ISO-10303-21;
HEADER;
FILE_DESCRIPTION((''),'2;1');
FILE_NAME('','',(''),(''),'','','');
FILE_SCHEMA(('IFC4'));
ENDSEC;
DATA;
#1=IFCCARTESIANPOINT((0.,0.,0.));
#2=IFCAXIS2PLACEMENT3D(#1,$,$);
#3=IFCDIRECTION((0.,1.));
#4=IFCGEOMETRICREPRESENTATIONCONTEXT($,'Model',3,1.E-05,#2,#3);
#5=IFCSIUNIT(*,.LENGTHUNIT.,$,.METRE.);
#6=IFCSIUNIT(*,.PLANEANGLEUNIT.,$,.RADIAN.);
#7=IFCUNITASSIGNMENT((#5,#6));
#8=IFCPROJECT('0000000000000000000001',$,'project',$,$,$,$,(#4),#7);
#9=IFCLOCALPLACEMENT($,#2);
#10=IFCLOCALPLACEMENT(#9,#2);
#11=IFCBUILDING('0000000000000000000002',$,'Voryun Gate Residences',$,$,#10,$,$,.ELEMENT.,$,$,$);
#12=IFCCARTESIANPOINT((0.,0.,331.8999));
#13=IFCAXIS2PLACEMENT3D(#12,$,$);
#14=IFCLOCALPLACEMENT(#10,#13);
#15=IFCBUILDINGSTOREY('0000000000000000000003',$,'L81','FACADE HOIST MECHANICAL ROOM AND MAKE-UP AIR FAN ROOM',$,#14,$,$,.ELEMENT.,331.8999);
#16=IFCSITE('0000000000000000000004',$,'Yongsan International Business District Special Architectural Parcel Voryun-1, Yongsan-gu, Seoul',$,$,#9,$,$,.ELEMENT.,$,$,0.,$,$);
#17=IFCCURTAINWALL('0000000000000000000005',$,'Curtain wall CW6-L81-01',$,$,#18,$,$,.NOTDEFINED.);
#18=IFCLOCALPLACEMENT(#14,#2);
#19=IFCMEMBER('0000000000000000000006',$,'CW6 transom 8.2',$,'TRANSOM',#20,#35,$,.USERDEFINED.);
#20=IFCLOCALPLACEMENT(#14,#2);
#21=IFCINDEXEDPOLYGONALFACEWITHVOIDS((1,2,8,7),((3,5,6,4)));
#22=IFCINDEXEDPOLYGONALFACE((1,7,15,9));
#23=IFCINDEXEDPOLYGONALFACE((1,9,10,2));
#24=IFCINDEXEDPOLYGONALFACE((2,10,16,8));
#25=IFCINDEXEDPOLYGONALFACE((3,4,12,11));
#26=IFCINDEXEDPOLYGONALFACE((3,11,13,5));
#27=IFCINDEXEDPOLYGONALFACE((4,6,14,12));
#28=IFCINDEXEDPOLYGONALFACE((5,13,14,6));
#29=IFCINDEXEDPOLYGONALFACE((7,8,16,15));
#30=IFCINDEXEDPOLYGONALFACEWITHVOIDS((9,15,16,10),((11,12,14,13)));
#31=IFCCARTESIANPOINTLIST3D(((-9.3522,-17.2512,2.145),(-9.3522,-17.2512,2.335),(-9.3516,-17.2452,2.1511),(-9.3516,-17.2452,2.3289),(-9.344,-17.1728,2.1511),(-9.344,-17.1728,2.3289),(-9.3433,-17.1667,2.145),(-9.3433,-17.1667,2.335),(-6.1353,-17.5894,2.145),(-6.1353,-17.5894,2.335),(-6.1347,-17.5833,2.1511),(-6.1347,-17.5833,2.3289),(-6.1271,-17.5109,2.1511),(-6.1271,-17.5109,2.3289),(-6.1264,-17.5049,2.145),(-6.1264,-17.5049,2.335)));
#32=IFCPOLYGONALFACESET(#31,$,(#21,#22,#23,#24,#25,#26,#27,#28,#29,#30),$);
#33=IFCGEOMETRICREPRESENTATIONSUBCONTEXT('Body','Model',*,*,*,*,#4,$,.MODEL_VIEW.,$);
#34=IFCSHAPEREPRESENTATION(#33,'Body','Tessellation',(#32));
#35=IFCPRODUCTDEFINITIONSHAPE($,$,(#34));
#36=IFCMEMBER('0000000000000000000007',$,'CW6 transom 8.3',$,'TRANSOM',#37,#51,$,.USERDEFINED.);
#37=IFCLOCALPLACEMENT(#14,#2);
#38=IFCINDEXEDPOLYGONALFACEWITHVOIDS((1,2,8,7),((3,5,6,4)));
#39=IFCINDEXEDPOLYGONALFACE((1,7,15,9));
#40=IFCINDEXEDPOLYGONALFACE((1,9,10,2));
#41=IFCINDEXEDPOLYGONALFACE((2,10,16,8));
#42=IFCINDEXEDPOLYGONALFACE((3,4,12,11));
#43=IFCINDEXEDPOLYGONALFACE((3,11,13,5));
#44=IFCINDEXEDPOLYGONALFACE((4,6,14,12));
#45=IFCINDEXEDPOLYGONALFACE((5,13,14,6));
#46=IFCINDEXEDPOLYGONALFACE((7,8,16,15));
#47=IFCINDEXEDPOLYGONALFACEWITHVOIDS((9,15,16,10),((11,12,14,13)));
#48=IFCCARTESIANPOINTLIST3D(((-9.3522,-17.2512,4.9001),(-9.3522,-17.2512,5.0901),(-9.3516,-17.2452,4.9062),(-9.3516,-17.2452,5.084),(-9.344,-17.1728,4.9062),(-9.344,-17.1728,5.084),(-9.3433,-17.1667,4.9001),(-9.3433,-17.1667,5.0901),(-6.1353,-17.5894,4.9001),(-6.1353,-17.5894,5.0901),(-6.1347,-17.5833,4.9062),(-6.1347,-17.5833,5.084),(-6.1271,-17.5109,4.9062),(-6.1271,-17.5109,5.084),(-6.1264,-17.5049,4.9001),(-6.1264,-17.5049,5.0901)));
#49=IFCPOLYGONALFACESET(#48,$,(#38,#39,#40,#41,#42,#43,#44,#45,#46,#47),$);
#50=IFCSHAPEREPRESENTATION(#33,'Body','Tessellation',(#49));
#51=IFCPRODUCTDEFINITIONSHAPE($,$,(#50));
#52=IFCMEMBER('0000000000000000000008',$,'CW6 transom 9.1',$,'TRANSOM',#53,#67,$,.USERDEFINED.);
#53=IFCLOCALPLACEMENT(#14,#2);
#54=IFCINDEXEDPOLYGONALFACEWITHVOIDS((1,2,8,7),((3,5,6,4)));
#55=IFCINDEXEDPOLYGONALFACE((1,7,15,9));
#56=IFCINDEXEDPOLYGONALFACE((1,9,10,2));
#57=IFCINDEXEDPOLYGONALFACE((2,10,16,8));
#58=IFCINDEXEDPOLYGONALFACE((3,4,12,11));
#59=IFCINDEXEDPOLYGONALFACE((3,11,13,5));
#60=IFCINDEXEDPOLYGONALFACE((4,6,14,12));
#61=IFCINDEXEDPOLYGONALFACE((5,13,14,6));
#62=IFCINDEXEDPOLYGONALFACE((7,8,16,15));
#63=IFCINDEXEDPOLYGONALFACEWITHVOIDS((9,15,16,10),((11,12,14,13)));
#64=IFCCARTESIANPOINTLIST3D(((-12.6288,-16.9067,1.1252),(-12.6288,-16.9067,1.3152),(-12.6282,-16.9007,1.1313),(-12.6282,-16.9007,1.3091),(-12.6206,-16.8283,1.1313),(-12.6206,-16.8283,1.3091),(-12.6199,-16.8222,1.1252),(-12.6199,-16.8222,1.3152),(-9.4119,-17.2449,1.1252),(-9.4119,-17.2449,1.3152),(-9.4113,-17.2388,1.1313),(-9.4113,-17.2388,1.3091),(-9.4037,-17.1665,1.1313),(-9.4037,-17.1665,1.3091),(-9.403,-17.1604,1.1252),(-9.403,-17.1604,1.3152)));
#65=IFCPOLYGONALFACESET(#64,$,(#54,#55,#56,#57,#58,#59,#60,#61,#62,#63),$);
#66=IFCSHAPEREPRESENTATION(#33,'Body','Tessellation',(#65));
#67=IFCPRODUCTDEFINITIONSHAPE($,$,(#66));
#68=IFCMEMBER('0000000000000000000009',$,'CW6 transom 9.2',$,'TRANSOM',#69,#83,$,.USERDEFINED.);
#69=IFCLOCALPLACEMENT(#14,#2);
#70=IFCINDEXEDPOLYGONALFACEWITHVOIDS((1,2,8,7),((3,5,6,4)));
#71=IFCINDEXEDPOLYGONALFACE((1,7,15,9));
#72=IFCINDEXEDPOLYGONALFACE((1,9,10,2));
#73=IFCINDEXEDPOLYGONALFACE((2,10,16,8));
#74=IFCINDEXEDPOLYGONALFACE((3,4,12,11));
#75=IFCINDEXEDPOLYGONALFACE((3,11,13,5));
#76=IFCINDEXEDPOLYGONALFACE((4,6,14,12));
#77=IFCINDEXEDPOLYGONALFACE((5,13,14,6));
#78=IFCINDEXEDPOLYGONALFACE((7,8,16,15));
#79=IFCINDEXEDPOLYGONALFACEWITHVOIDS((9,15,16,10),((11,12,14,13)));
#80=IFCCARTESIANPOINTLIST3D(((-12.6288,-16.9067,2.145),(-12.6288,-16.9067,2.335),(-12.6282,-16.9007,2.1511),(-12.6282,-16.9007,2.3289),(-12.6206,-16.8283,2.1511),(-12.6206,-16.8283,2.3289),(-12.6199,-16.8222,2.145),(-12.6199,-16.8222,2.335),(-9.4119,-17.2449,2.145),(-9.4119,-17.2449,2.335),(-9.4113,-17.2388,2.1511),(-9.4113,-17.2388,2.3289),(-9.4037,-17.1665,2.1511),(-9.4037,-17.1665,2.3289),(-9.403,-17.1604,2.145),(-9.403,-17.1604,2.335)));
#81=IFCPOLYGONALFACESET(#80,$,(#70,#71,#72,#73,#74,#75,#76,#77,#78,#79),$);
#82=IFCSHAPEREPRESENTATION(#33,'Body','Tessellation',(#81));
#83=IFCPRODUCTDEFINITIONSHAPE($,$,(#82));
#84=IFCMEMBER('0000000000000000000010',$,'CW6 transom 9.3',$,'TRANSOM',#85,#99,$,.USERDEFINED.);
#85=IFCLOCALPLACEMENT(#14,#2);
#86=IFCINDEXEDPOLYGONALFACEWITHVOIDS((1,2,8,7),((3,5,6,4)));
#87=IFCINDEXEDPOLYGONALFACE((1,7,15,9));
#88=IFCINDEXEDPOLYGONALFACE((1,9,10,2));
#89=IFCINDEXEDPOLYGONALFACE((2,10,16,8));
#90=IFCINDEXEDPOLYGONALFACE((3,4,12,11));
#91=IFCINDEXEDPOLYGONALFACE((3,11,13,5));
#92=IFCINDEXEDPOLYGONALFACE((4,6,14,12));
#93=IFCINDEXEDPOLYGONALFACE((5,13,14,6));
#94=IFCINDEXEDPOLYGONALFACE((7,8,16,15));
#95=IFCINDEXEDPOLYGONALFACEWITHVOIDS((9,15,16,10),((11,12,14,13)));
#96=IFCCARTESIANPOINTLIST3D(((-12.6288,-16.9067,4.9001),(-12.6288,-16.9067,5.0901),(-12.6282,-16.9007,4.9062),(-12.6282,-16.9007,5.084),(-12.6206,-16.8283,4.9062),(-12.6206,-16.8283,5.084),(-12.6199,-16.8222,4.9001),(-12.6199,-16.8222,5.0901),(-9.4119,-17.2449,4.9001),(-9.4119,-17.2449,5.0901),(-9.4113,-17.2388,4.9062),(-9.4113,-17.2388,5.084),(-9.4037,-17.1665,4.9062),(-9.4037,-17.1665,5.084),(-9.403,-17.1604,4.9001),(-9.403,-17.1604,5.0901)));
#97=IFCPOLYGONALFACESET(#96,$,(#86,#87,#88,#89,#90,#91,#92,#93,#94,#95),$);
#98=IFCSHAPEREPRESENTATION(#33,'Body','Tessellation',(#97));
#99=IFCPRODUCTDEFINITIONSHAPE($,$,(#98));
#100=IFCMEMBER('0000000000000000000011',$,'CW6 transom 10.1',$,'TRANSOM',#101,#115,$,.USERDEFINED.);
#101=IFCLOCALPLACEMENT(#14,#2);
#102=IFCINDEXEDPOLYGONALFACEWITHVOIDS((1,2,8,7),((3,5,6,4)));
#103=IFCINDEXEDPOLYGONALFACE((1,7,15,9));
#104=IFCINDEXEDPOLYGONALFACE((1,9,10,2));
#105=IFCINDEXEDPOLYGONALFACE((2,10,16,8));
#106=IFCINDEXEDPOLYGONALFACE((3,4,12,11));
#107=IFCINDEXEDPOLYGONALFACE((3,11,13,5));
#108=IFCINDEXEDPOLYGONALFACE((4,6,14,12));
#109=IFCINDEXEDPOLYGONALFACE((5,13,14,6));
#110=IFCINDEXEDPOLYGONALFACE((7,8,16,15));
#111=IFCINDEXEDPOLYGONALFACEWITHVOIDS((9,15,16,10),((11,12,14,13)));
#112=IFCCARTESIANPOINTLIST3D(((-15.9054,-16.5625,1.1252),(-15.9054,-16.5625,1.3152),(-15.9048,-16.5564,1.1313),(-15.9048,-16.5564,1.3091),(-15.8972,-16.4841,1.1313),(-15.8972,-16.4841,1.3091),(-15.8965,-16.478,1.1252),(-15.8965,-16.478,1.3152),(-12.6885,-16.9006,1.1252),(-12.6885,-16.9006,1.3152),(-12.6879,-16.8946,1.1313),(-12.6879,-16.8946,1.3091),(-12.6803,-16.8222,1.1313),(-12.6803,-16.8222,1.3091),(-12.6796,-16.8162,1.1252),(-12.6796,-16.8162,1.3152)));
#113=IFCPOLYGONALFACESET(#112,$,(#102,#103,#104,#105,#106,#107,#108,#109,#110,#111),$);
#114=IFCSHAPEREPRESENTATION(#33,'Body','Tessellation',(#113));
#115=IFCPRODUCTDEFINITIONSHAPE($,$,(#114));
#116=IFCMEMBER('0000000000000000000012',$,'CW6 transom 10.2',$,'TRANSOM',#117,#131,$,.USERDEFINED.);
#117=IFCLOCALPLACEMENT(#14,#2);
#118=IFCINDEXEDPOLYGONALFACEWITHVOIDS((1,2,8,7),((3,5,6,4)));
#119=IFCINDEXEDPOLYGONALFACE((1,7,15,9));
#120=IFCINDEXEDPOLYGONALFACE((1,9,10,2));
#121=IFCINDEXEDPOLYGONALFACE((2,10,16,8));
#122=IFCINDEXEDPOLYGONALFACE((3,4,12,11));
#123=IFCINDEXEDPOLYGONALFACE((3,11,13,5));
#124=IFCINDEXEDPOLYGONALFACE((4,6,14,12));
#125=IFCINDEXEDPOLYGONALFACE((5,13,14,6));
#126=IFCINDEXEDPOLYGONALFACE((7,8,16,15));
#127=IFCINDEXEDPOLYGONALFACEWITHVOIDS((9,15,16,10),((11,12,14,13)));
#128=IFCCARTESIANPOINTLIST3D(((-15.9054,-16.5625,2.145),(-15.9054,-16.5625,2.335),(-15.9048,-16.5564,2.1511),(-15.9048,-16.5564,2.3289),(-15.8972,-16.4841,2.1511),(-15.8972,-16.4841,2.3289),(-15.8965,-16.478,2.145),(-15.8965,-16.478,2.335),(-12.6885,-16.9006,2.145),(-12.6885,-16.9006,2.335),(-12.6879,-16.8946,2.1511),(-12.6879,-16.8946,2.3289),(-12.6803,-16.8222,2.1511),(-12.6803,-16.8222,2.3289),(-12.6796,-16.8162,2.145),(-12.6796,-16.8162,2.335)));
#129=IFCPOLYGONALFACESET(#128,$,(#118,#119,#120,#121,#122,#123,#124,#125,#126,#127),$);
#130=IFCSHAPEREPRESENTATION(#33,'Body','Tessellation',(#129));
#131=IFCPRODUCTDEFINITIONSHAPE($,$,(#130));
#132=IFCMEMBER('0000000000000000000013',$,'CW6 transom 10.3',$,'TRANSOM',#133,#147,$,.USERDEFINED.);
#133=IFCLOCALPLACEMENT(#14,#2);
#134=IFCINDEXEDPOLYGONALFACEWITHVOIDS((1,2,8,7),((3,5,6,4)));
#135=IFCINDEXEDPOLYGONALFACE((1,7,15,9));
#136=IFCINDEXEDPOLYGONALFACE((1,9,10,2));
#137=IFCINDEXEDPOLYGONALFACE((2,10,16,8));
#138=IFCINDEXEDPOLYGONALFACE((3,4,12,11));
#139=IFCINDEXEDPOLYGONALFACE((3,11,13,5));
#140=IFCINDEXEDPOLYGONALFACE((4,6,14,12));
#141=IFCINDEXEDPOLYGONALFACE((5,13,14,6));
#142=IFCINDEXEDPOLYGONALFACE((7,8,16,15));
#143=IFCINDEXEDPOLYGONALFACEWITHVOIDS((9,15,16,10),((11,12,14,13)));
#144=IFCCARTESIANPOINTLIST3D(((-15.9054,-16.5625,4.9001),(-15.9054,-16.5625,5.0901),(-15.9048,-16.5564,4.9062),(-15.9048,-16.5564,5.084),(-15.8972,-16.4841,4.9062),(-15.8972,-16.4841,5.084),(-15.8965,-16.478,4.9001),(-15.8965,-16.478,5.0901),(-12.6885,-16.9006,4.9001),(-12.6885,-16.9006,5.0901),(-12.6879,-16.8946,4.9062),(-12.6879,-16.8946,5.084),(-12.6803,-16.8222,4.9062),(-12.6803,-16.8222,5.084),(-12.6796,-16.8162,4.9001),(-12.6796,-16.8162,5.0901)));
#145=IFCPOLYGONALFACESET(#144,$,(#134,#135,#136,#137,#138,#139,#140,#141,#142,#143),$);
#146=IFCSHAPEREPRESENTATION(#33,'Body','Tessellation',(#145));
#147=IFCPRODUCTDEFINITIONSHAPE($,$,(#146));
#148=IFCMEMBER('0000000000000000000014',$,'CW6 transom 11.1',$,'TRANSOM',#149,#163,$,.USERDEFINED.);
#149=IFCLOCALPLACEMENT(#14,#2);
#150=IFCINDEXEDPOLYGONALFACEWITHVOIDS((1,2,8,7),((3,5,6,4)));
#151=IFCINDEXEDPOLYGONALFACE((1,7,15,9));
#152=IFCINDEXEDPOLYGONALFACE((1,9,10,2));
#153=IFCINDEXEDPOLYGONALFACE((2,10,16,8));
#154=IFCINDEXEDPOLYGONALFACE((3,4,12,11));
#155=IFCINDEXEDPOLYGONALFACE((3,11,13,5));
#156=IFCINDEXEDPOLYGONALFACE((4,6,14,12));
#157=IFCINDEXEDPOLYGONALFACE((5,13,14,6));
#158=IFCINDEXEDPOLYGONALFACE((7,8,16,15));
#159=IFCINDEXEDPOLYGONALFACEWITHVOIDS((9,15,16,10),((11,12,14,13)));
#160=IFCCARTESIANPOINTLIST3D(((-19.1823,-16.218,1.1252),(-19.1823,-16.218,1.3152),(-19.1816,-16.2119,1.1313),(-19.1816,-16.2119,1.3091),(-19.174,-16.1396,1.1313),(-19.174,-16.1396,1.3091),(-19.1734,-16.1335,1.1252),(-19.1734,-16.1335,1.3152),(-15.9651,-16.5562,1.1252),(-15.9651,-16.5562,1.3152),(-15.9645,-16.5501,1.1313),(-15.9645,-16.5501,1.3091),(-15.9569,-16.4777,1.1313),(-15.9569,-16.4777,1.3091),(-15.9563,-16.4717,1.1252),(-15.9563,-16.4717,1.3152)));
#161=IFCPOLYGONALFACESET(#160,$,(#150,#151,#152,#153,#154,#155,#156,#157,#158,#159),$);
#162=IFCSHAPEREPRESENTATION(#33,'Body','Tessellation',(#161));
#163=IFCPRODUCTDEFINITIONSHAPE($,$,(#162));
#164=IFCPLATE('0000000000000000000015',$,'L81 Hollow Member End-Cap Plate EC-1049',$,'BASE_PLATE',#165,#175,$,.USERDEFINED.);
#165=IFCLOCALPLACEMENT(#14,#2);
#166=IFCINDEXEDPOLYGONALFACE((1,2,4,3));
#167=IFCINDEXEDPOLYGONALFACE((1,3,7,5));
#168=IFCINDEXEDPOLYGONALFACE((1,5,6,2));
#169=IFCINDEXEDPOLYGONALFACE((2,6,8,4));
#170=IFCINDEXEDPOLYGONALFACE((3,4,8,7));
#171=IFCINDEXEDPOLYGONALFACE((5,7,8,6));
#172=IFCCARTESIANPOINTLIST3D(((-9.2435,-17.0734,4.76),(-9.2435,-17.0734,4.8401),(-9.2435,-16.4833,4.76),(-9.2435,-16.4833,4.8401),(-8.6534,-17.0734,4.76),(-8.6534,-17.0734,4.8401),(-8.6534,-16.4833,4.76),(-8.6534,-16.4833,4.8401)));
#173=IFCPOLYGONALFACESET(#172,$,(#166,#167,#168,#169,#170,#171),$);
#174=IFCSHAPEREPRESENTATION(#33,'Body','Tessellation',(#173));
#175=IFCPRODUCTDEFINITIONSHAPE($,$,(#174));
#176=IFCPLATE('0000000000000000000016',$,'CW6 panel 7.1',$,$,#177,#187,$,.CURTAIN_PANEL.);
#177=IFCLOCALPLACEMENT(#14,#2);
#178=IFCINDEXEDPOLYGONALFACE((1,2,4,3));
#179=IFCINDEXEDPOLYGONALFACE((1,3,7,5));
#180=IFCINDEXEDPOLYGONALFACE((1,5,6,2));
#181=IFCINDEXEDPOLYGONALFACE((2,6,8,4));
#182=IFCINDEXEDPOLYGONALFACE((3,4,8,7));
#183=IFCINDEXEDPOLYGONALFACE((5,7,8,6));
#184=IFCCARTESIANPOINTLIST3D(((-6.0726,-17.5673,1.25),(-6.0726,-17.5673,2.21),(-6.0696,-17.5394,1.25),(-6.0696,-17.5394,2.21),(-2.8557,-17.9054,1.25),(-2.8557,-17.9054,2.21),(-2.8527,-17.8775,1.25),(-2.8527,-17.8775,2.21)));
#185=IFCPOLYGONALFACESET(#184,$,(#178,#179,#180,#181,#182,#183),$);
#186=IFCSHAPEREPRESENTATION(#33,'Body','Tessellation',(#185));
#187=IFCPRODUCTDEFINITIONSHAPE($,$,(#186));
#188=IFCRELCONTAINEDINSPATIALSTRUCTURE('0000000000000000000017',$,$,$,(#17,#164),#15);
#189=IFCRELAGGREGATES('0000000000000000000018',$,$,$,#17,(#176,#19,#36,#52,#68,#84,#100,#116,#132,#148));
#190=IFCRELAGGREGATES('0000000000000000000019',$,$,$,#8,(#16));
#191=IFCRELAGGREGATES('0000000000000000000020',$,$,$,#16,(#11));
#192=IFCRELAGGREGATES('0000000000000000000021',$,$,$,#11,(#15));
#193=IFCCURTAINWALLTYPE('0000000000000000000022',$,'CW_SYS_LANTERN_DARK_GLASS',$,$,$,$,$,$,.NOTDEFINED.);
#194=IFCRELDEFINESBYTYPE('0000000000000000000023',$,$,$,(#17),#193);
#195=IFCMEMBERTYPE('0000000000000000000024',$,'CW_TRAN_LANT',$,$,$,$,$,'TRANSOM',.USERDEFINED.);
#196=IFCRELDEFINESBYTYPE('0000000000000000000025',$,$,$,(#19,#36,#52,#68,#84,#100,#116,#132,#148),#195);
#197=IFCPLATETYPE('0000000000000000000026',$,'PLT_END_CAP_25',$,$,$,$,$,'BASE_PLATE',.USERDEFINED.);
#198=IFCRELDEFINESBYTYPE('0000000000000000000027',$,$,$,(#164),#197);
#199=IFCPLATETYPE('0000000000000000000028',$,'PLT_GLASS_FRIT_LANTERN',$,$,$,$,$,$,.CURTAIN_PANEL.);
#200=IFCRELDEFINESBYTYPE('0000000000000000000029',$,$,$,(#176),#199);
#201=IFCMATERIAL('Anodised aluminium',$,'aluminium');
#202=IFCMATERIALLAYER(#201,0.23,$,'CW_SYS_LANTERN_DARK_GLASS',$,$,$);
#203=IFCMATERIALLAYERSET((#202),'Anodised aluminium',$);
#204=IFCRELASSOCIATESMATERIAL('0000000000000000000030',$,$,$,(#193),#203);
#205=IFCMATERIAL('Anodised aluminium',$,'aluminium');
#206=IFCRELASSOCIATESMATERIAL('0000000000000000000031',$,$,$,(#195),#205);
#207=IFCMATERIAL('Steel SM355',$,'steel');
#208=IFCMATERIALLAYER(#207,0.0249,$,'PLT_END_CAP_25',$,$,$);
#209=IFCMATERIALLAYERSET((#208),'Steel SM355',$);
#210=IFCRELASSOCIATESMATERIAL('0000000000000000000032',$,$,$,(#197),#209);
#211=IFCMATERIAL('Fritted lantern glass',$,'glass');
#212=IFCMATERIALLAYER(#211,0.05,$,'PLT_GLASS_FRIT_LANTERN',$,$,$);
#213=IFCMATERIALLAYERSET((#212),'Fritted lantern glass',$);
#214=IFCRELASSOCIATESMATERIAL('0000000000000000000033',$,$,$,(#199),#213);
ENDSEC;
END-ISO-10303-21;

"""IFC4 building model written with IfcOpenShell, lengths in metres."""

from ifc_helpers import new_model, si_unit, direction, frame, origin, origin_2d, place, context, subcontext, project, spatial, rectangle, hollow_rectangle, extrude, material, layer, layer_set, material_profile, profile_set, type_object, element, aggregate, save


model = new_model("IFC4")

# Units and contexts
model_context = context("Model", 3, precision=1e-05, world=origin(), true_north=direction((0.0, 1.0)))
body_context = subcontext(model_context, "Body", "Model", "MODEL_VIEW")
ifc_project = project(units=[si_unit("LENGTHUNIT", "METRE"), si_unit("PLANEANGLEUNIT", "RADIAN")], contexts=[model_context])

# Site, building, storey
site_placement = place(None, origin())
site = spatial("IfcSite", under=ifc_project, at=site_placement, Name="Yongsan International Business District Special Architectural Parcel Voryun-1, Yongsan-gu, Seoul", CompositionType="ELEMENT", RefElevation=0.0)
building_placement = place(site_placement, origin())
building = spatial("IfcBuilding", under=site, at=building_placement, Name="Voryun Gate Residences", CompositionType="ELEMENT")
storey_placement = place(building_placement, frame((0.0, 0.0, 331.8999)))
storey = spatial("IfcBuildingStorey", under=building, at=storey_placement, Name="L81", Description="FACADE HOIST MECHANICAL ROOM AND MAKE-UP AIR FAN ROOM", CompositionType="ELEMENT", Elevation=331.8999)

# Curtain wall, members
ifc_material_1 = material(Name="Anodised aluminium", Category="aluminium")
ifc_layer_1 = layer(ifc_material_1, 0.23, Name="CW_SYS_LANTERN_DARK_GLASS")
ifc_layer_set_1 = layer_set([ifc_layer_1], Name="Anodised aluminium")
curtain_wall_type = type_object("IfcCurtainWallType", Name="CW_SYS_LANTERN_DARK_GLASS", PredefinedType="NOTDEFINED", material=ifc_layer_set_1)
curtain_wall_placement = place(storey_placement, origin())
curtain_wall = element("IfcCurtainWall", 1, at=curtain_wall_placement, inside=storey, type_object=curtain_wall_type, Name="Curtain wall CW6-L81-01", PredefinedType="NOTDEFINED")
ifc_material_2 = material(Name="Anodised aluminium", Category="aluminium")
ifc_material_profile_1 = material_profile(ifc_material_2, hollow_rectangle(XDim=0.085, YDim=0.1899, WallThickness=0.0061, at=origin_2d()), Name="ALU-TRAN-190x85x6")
ifc_profile_set_1 = profile_set([ifc_material_profile_1], Name="Anodised aluminium")
member_type_1 = type_object("IfcMemberType", Name="CW_TRAN_LANT", ElementType="TRANSOM", PredefinedType="USERDEFINED", material=ifc_profile_set_1)
member_1_placement = place(storey_placement, frame((-6.1309, -17.5471, 2.24), z_axis=(-0.994521, 0.104539, 0.0), x_axis=(-0.104539, -0.994521, 0.0)))
member_1 = element("IfcMember", 2, at=member_1_placement, type_object=member_type_1, Name="CW6 transom 8.2", ObjectType="TRANSOM", PredefinedType="USERDEFINED", context=body_context, shape_type="SweptSolid", body=[
    extrude(hollow_rectangle(XDim=0.085, YDim=0.1899, WallThickness=0.0061, at=origin_2d()), origin(), (0.0, 0.0, 1.0), 3.2346),
])
member_2_placement = place(storey_placement, frame((-6.1309, -17.5471, 4.9951), z_axis=(-0.994521, 0.104539, 0.0), x_axis=(-0.104539, -0.994521, 0.0)))
member_2 = element("IfcMember", 3, at=member_2_placement, type_object=member_type_1, Name="CW6 transom 8.3", ObjectType="TRANSOM", PredefinedType="USERDEFINED", context=body_context, shape_type="SweptSolid", body=[
    extrude(hollow_rectangle(XDim=0.085, YDim=0.1899, WallThickness=0.0061, at=origin_2d()), origin(), (0.0, 0.0, 1.0), 3.2346),
])
member_3_placement = place(storey_placement, frame((-9.4075, -17.2026, 1.2202), z_axis=(-0.994521, 0.104539, 0.0), x_axis=(-0.104539, -0.994521, 0.0)))
member_3 = element("IfcMember", 4, at=member_3_placement, type_object=member_type_1, Name="CW6 transom 9.1", ObjectType="TRANSOM", PredefinedType="USERDEFINED", context=body_context, shape_type="SweptSolid", body=[
    extrude(hollow_rectangle(XDim=0.085, YDim=0.1899, WallThickness=0.0061, at=origin_2d()), origin(), (0.0, 0.0, 1.0), 3.2346),
])
member_4_placement = place(storey_placement, frame((-9.4075, -17.2026, 2.24), z_axis=(-0.994521, 0.104539, 0.0), x_axis=(-0.104539, -0.994521, 0.0)))
member_4 = element("IfcMember", 5, at=member_4_placement, type_object=member_type_1, Name="CW6 transom 9.2", ObjectType="TRANSOM", PredefinedType="USERDEFINED", context=body_context, shape_type="SweptSolid", body=[
    extrude(hollow_rectangle(XDim=0.085, YDim=0.1899, WallThickness=0.0061, at=origin_2d()), origin(), (0.0, 0.0, 1.0), 3.2346),
])
member_5_placement = place(storey_placement, frame((-9.4075, -17.2026, 4.9951), z_axis=(-0.994521, 0.104539, 0.0), x_axis=(-0.104539, -0.994521, 0.0)))
member_5 = element("IfcMember", 6, at=member_5_placement, type_object=member_type_1, Name="CW6 transom 9.3", ObjectType="TRANSOM", PredefinedType="USERDEFINED", context=body_context, shape_type="SweptSolid", body=[
    extrude(hollow_rectangle(XDim=0.085, YDim=0.1899, WallThickness=0.0061, at=origin_2d()), origin(), (0.0, 0.0, 1.0), 3.2346),
])
member_6_placement = place(storey_placement, frame((-12.6841, -16.8584, 1.2202), z_axis=(-0.994521, 0.104539, 0.0), x_axis=(-0.104539, -0.994521, 0.0)))
member_6 = element("IfcMember", 7, at=member_6_placement, type_object=member_type_1, Name="CW6 transom 10.1", ObjectType="TRANSOM", PredefinedType="USERDEFINED", context=body_context, shape_type="SweptSolid", body=[
    extrude(hollow_rectangle(XDim=0.085, YDim=0.1899, WallThickness=0.0061, at=origin_2d()), origin(), (0.0, 0.0, 1.0), 3.2346),
])
member_7_placement = place(storey_placement, frame((-12.6841, -16.8584, 2.24), z_axis=(-0.994521, 0.104539, 0.0), x_axis=(-0.104539, -0.994521, 0.0)))
member_7 = element("IfcMember", 8, at=member_7_placement, type_object=member_type_1, Name="CW6 transom 10.2", ObjectType="TRANSOM", PredefinedType="USERDEFINED", context=body_context, shape_type="SweptSolid", body=[
    extrude(hollow_rectangle(XDim=0.085, YDim=0.1899, WallThickness=0.0061, at=origin_2d()), origin(), (0.0, 0.0, 1.0), 3.2346),
])
member_8_placement = place(storey_placement, frame((-12.6841, -16.8584, 4.9951), z_axis=(-0.994521, 0.104539, 0.0), x_axis=(-0.104539, -0.994521, 0.0)))
member_8 = element("IfcMember", 9, at=member_8_placement, type_object=member_type_1, Name="CW6 transom 10.3", ObjectType="TRANSOM", PredefinedType="USERDEFINED", context=body_context, shape_type="SweptSolid", body=[
    extrude(hollow_rectangle(XDim=0.085, YDim=0.1899, WallThickness=0.0061, at=origin_2d()), origin(), (0.0, 0.0, 1.0), 3.2346),
])
member_9_placement = place(storey_placement, frame((-15.9607, -16.5139, 1.2202), z_axis=(-0.994522, 0.104532, 0.0), x_axis=(-0.104532, -0.994522, 0.0)))
member_9 = element("IfcMember", 10, at=member_9_placement, type_object=member_type_1, Name="CW6 transom 11.1", ObjectType="TRANSOM", PredefinedType="USERDEFINED", context=body_context, shape_type="SweptSolid", body=[
    extrude(hollow_rectangle(XDim=0.085, YDim=0.1899, WallThickness=0.0061, at=origin_2d()), origin(), (0.0, 0.0, 1.0), 3.2349),
])

# Plates
ifc_material_3 = material(Name="Steel SM355", Category="steel")
ifc_layer_2 = layer(ifc_material_3, 0.0249, Name="PLT_END_CAP_25")
ifc_layer_set_2 = layer_set([ifc_layer_2], Name="Steel SM355")
plate_type_1 = type_object("IfcPlateType", Name="PLT_END_CAP_25", ElementType="BASE_PLATE", PredefinedType="USERDEFINED", material=ifc_layer_set_2)
plate_1_placement = place(storey_placement, frame((-8.9485, -16.7783, 4.76), z_axis=(0.0, 0.0, 1.0), x_axis=(1.0, 0.0, 0.0)))
element("IfcPlate", 11, at=plate_1_placement, inside=storey, type_object=plate_type_1, Name="L81 Hollow Member End-Cap Plate EC-1049", ObjectType="BASE_PLATE", PredefinedType="USERDEFINED", context=body_context, shape_type="SweptSolid", body=[
    extrude(rectangle(XDim=0.5901, YDim=0.5901, at=origin_2d()), origin(), (0.0, 0.0, 1.0), 0.0801),
])
ifc_material_4 = material(Name="Fritted lantern glass", Category="glass")
ifc_layer_3 = layer(ifc_material_4, 0.05, Name="PLT_GLASS_FRIT_LANTERN")
ifc_layer_set_3 = layer_set([ifc_layer_3], Name="Fritted lantern glass")
plate_type_2 = type_object("IfcPlateType", Name="PLT_GLASS_FRIT_LANTERN", PredefinedType="CURTAIN_PANEL", material=ifc_layer_set_3)
plate_2_placement = place(storey_placement, frame((-4.4626, -17.7224, 1.25), z_axis=(0.0, 0.0, 1.0), x_axis=(-0.994522, 0.104528, 0.0)))
plate_2 = element("IfcPlate", 12, at=plate_2_placement, type_object=plate_type_2, Name="CW6 panel 7.1", PredefinedType="CURTAIN_PANEL", context=body_context, shape_type="SweptSolid", body=[
    extrude(rectangle(XDim=3.2346, YDim=0.0281, at=origin_2d()), origin(), (0.0, 0.0, 1.0), 0.96),
])
aggregate(curtain_wall, [plate_2, member_1, member_2, member_3, member_4, member_5, member_6, member_7, member_8, member_9])

save(model, "model.ifc")
